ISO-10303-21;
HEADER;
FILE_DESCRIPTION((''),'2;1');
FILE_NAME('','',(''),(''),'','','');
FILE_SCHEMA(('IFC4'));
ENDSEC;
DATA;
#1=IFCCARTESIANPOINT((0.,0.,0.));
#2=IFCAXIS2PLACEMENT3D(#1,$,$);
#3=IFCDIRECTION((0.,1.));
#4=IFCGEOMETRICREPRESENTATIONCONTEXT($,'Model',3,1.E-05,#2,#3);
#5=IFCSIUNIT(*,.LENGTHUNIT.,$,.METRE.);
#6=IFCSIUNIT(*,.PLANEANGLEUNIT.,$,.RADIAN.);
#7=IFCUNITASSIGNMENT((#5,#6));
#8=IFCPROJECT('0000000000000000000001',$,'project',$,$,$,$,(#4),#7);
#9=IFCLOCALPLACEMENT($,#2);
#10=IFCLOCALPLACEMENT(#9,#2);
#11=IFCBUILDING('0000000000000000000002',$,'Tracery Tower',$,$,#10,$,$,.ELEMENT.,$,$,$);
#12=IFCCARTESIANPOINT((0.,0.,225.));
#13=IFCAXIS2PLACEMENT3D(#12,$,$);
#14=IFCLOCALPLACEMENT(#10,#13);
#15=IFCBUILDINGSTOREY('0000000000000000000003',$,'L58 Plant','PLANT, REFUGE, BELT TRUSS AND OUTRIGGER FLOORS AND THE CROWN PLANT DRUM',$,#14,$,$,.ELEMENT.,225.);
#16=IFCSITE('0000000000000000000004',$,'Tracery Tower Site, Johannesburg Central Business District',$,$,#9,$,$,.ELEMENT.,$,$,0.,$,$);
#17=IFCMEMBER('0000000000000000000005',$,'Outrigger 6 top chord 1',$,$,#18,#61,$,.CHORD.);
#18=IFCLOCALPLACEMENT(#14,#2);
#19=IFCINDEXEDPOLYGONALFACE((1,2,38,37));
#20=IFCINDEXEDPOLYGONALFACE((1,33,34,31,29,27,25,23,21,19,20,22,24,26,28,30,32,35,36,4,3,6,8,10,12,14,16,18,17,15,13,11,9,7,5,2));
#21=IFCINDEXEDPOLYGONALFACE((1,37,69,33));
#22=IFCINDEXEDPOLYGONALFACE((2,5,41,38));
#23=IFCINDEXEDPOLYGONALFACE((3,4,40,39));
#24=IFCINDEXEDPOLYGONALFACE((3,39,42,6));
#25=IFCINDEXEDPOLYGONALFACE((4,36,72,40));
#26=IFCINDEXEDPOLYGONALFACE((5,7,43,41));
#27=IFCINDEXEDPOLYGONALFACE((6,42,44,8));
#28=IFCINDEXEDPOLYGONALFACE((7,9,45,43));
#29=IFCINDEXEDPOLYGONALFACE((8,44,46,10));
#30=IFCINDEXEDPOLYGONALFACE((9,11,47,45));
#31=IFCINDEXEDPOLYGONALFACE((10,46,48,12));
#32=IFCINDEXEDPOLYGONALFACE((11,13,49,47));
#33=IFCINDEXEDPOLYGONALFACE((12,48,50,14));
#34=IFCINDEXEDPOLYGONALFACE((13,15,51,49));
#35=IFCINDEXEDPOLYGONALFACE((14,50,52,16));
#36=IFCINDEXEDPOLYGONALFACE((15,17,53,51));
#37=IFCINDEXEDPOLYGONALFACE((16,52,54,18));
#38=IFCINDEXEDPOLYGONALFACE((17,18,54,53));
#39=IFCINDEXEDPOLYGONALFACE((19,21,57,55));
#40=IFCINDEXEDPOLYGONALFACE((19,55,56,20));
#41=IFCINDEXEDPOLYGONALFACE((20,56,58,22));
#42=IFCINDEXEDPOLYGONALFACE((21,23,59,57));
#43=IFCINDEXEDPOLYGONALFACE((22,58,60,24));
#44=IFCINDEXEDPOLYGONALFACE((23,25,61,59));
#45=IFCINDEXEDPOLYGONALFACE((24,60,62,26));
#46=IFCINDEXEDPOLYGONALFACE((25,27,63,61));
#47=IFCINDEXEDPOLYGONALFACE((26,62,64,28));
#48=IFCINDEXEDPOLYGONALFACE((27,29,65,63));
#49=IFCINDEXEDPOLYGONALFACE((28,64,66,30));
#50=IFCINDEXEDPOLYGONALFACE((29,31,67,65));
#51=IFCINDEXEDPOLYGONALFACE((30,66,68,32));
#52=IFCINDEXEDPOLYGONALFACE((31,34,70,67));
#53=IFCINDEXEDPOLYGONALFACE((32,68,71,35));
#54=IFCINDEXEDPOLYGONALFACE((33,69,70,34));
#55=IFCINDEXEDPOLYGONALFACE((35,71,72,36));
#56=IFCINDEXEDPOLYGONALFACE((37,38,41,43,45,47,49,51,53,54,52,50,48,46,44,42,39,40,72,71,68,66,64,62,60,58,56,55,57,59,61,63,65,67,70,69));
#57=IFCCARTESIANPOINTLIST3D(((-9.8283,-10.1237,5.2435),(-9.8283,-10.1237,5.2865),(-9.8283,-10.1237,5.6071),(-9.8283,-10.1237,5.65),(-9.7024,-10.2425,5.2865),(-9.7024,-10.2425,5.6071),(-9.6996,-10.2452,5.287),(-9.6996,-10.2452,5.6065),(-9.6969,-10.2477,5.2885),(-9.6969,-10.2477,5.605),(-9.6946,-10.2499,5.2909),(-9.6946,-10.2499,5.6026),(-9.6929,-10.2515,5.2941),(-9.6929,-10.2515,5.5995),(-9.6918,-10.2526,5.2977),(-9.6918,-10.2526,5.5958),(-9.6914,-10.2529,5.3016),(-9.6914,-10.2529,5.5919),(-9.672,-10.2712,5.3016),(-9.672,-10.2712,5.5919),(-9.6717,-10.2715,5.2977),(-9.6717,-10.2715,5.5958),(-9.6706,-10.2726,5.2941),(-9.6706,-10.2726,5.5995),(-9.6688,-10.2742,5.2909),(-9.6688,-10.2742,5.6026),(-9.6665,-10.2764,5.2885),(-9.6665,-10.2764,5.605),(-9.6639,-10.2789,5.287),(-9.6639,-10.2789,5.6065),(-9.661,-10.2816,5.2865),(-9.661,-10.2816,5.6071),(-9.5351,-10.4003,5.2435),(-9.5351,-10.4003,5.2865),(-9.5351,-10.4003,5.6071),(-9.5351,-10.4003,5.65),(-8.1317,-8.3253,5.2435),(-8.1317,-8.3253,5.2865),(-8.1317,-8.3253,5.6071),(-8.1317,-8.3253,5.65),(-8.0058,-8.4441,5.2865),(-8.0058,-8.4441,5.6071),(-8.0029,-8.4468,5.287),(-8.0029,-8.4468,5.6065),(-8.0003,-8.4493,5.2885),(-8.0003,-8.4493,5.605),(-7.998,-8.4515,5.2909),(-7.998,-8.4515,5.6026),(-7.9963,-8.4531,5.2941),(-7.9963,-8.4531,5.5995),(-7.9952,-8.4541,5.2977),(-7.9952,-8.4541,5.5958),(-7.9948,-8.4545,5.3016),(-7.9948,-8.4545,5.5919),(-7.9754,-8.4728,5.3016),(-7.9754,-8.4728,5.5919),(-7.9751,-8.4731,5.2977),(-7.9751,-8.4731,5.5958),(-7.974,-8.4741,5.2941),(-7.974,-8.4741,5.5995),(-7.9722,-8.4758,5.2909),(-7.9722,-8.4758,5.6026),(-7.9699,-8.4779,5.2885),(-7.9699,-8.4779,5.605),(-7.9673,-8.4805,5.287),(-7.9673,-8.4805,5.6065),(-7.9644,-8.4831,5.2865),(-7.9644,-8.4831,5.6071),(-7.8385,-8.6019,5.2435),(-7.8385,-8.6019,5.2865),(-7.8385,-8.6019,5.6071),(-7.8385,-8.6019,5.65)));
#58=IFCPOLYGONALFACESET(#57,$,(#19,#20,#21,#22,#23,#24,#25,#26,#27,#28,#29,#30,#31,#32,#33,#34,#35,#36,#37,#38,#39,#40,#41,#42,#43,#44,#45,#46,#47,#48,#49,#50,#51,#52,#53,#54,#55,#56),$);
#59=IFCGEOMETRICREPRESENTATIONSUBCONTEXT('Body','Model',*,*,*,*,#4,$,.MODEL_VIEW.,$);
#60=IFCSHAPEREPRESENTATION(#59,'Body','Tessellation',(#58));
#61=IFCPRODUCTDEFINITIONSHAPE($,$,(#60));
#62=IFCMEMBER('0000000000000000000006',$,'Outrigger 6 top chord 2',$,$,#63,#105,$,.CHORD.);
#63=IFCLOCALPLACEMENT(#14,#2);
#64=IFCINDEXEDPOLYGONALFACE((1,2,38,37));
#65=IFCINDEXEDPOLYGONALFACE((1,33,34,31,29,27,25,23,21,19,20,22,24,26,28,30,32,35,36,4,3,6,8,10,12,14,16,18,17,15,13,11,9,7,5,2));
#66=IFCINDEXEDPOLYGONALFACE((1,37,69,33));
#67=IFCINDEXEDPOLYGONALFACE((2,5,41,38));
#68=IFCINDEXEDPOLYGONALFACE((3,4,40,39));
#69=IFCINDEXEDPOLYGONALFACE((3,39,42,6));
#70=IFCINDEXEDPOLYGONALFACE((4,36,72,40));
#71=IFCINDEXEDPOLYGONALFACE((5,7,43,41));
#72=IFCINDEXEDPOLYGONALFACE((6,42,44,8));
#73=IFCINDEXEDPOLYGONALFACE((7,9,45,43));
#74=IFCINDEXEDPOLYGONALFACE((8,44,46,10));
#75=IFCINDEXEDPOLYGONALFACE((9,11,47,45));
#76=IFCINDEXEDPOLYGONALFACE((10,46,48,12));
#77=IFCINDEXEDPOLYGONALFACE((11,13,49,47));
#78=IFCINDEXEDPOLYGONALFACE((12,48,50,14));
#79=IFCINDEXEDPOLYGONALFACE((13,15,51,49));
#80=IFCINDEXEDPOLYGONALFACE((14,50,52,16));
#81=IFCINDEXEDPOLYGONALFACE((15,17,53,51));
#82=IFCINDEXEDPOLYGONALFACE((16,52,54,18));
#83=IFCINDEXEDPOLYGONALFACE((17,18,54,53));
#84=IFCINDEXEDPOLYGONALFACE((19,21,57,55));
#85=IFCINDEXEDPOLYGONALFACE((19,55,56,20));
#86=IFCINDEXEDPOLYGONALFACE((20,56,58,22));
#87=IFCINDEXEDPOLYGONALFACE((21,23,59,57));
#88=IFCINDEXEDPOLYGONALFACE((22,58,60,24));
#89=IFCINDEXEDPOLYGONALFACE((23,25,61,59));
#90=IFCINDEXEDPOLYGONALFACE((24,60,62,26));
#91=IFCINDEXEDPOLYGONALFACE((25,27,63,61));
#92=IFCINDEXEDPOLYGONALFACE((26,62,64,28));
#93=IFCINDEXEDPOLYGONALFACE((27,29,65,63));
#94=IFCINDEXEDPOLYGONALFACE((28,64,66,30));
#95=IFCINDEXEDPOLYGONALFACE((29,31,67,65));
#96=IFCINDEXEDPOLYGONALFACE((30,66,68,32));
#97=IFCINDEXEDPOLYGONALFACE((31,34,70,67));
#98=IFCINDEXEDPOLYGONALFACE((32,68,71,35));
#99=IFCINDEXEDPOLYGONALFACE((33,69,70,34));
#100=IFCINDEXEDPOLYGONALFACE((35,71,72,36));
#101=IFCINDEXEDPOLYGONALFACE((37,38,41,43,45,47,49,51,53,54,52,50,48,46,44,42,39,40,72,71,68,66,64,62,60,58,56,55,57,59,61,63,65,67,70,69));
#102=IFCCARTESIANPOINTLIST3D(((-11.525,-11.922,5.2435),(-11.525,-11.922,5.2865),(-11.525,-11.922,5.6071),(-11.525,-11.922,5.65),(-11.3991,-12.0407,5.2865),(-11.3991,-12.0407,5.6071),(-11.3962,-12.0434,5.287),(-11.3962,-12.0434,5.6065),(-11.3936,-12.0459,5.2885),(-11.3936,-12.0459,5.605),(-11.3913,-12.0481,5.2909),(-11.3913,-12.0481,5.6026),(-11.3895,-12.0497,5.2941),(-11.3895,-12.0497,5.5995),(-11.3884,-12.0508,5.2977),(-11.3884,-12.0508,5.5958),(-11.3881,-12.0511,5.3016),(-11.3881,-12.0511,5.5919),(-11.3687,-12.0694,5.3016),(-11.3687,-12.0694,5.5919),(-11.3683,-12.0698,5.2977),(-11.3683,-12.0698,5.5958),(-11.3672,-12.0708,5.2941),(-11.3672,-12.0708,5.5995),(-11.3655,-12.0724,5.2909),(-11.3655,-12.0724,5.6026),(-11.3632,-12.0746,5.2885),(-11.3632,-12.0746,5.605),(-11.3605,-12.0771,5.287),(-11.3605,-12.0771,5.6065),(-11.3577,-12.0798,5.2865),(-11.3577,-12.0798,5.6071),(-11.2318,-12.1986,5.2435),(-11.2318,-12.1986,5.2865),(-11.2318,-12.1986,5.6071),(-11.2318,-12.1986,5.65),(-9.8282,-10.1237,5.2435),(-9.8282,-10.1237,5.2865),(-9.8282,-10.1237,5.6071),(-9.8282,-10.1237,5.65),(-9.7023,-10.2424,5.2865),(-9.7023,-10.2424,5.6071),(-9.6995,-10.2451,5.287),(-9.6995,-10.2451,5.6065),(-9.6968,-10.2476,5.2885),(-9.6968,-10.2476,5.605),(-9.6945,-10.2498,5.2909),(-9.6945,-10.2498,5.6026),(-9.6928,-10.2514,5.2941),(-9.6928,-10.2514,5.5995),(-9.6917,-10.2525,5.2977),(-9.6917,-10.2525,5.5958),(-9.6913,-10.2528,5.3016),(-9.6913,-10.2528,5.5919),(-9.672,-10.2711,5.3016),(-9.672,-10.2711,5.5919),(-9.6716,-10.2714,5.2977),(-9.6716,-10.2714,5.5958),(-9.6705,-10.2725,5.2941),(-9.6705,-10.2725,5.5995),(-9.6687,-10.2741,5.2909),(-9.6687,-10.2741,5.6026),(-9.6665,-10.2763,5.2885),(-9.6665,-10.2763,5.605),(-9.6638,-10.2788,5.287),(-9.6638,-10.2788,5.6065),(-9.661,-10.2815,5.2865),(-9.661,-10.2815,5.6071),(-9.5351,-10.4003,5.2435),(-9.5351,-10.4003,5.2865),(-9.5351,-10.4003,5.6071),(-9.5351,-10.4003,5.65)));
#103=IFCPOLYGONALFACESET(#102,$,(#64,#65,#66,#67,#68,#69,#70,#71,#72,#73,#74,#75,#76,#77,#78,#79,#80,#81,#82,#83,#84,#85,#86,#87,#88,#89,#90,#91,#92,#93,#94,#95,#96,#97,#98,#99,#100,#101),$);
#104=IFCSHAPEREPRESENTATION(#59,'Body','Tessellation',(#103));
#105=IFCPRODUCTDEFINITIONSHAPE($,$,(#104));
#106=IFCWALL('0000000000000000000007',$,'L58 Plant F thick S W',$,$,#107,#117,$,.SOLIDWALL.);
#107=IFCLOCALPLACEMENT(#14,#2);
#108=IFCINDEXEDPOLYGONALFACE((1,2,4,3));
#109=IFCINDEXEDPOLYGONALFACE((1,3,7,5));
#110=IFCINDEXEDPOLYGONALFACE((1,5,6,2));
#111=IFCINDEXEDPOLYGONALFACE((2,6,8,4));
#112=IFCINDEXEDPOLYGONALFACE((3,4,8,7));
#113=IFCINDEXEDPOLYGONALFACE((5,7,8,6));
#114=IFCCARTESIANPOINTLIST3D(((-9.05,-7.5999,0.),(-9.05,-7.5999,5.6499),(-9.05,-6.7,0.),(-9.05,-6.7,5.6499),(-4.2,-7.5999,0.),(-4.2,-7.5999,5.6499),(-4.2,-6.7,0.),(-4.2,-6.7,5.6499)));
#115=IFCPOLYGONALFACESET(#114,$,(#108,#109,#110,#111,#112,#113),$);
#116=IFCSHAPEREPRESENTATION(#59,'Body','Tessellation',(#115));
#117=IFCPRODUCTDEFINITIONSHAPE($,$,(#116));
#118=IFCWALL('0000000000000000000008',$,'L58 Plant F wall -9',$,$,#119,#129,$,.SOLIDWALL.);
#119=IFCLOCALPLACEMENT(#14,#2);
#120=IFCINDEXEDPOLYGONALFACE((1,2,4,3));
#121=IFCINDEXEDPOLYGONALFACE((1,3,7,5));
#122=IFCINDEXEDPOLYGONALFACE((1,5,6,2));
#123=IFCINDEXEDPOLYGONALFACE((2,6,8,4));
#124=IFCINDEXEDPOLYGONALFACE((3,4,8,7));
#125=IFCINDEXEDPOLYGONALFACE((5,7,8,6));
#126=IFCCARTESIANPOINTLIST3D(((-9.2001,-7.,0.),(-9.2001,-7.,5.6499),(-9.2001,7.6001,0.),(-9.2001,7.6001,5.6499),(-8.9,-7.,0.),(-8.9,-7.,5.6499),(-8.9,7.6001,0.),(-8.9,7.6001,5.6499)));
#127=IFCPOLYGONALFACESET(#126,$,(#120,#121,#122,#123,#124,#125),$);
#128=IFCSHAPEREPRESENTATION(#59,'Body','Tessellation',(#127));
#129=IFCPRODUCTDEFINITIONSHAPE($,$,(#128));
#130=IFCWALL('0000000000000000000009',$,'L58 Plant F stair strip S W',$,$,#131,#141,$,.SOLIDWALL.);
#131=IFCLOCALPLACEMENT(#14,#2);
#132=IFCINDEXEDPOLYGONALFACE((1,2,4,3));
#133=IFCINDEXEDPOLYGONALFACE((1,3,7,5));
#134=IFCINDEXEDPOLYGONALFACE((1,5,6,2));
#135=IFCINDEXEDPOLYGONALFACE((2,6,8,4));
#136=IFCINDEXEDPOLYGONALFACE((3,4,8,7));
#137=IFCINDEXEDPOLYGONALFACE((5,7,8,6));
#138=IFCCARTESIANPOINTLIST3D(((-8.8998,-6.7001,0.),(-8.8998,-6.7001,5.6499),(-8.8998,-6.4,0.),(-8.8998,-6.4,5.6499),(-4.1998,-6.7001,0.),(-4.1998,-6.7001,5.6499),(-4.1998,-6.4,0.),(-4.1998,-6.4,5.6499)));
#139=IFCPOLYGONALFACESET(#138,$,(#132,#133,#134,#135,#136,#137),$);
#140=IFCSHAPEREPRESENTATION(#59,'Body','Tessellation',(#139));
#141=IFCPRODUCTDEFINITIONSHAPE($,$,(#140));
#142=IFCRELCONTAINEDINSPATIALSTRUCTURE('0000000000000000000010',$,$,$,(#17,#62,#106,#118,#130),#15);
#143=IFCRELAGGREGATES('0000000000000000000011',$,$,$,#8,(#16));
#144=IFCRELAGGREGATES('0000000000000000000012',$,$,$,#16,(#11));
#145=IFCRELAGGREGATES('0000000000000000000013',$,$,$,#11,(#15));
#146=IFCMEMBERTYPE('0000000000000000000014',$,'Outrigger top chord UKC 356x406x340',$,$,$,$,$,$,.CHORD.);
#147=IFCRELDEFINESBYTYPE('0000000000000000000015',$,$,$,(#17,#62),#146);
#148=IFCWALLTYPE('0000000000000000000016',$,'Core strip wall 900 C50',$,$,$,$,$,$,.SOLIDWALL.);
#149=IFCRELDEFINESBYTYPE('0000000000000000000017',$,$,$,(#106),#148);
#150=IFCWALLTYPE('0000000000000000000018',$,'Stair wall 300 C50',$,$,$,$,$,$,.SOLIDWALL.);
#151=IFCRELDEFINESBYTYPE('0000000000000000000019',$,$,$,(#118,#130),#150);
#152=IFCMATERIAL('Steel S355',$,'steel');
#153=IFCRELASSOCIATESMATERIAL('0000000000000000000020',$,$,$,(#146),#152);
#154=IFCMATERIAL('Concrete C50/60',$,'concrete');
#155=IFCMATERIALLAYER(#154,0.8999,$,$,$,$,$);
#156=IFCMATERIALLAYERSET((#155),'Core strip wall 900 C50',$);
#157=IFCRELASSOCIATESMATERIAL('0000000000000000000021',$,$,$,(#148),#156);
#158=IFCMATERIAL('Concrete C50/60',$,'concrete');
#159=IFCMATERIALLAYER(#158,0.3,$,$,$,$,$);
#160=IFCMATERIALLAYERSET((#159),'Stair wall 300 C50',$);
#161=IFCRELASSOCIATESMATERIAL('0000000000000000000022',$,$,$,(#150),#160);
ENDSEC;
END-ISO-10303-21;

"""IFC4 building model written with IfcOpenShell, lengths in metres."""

from ifc_helpers import new_model, si_unit, direction, frame, frame_2d, origin, origin_2d, place, context, subcontext, project, spatial, rectangle, i_section, extrude, material, layer, layer_set, material_profile, profile_set, type_object, element, save


model = new_model("IFC4")

# Units and contexts
model_context = context("Model", 3, precision=1e-05, world=origin(), true_north=direction((0.0, 1.0)))
body_context = subcontext(model_context, "Body", "Model", "MODEL_VIEW")
ifc_project = project(units=[si_unit("LENGTHUNIT", "METRE"), si_unit("PLANEANGLEUNIT", "RADIAN")], contexts=[model_context])

# Site, building, storey
site_placement = place(None, origin())
site = spatial("IfcSite", under=ifc_project, at=site_placement, Name="Tracery Tower Site, Johannesburg Central Business District", CompositionType="ELEMENT", RefElevation=0.0)
building_placement = place(site_placement, origin())
building = spatial("IfcBuilding", under=site, at=building_placement, Name="Tracery Tower", CompositionType="ELEMENT")
storey_placement = place(building_placement, frame((0.0, 0.0, 225.0)))
storey = spatial("IfcBuildingStorey", under=building, at=storey_placement, Name="L58 Plant", Description="PLANT, REFUGE, BELT TRUSS AND OUTRIGGER FLOORS AND THE CROWN PLANT DRUM", CompositionType="ELEMENT", Elevation=225.0)

# Members
ifc_material_1 = material(Name="Steel S355", Category="steel")
ifc_material_profile_1 = material_profile(ifc_material_1, i_section(OverallWidth=0.4031, OverallDepth=0.4065, WebThickness=0.0266, FlangeThickness=0.043, FilletRadius=0.0151, at=origin_2d()), Name="UKC 356x406x340")
ifc_profile_set_1 = profile_set([ifc_material_profile_1], Name="Steel S355")
member_type_1 = type_object("IfcMemberType", Name="Outrigger top chord UKC 356x406x340", PredefinedType="CHORD", material=ifc_profile_set_1)
for number, where, z_axis, x_axis, name in (
    (1, (-7.9851, -8.4636, 5.4468), (-0.686217, -0.727396, 0.0), (0.727396, -0.686217, 0.0), "Outrigger 6 top chord 1"),
    (2, (-9.6816, -10.262, 5.4468), (-0.68627, -0.727347, 0.0), (0.727347, -0.68627, 0.0), "Outrigger 6 top chord 2"),
):
    element("IfcMember", number, at=place(storey_placement, frame(where, z_axis=z_axis, x_axis=x_axis)), inside=storey, type_object=member_type_1, Name=name, PredefinedType="CHORD", context=body_context, shape_type="SweptSolid", body=[
        extrude(i_section(OverallWidth=0.4031, OverallDepth=0.4065, WebThickness=0.0266, FlangeThickness=0.043, FilletRadius=0.0151, at=origin_2d()), origin(), (0.0, 0.0, 1.0), 2.4724),
    ])

# Wall
ifc_material_2 = material(Name="Concrete C50/60", Category="concrete")
ifc_layer_1 = layer(ifc_material_2, 0.8999)
ifc_layer_set_1 = layer_set([ifc_layer_1], Name="Core strip wall 900 C50")
wall_type_1 = type_object("IfcWallType", Name="Core strip wall 900 C50", PredefinedType="SOLIDWALL", material=ifc_layer_set_1)
wall_1_placement = place(storey_placement, frame((-9.05, -7.1499, 0.0), z_axis=(0.0, 0.0, 1.0), x_axis=(1.0, 0.0, 0.0)))
element("IfcWall", 3, at=wall_1_placement, inside=storey, type_object=wall_type_1, Name="L58 Plant F thick S W", PredefinedType="SOLIDWALL", context=body_context, shape_type="SweptSolid", body=[
    extrude(rectangle(XDim=4.8501, YDim=0.8999, at=frame_2d((2.425, 0.0))), origin(), (0.0, 0.0, 1.0), 5.6499),
])

# Shared definitions
ifc_material_3 = material(Name="Concrete C50/60", Category="concrete")
ifc_layer_2 = layer(ifc_material_3, 0.3)
ifc_layer_set_2 = layer_set([ifc_layer_2], Name="Stair wall 300 C50")
wall_type_2 = type_object("IfcWallType", Name="Stair wall 300 C50", PredefinedType="SOLIDWALL", material=ifc_layer_set_2)

# Walls
wall_2_placement = place(storey_placement, frame((-9.05, -7.0, 0.0), z_axis=(0.0, 0.0, 1.0), x_axis=(0.0, 1.0, 0.0)))
element("IfcWall", 4, at=wall_2_placement, inside=storey, type_object=wall_type_2, Name="L58 Plant F wall -9", PredefinedType="SOLIDWALL", context=body_context, shape_type="SweptSolid", body=[
    extrude(rectangle(XDim=14.6001, YDim=0.3, at=frame_2d((7.3, 0.0))), origin(), (0.0, 0.0, 1.0), 5.6499),
])
wall_3_placement = place(storey_placement, frame((-8.8999, -6.55, 0.0), z_axis=(0.0, 0.0, 1.0), x_axis=(1.0, 0.0, 0.0)))
element("IfcWall", 5, at=wall_3_placement, inside=storey, type_object=wall_type_2, Name="L58 Plant F stair strip S W", PredefinedType="SOLIDWALL", context=body_context, shape_type="SweptSolid", body=[
    extrude(rectangle(XDim=4.7, YDim=0.3, at=frame_2d((2.3501, 0.0))), origin(), (0.0, 0.0, 1.0), 5.6499),
])

save(model, "model.ifc")
